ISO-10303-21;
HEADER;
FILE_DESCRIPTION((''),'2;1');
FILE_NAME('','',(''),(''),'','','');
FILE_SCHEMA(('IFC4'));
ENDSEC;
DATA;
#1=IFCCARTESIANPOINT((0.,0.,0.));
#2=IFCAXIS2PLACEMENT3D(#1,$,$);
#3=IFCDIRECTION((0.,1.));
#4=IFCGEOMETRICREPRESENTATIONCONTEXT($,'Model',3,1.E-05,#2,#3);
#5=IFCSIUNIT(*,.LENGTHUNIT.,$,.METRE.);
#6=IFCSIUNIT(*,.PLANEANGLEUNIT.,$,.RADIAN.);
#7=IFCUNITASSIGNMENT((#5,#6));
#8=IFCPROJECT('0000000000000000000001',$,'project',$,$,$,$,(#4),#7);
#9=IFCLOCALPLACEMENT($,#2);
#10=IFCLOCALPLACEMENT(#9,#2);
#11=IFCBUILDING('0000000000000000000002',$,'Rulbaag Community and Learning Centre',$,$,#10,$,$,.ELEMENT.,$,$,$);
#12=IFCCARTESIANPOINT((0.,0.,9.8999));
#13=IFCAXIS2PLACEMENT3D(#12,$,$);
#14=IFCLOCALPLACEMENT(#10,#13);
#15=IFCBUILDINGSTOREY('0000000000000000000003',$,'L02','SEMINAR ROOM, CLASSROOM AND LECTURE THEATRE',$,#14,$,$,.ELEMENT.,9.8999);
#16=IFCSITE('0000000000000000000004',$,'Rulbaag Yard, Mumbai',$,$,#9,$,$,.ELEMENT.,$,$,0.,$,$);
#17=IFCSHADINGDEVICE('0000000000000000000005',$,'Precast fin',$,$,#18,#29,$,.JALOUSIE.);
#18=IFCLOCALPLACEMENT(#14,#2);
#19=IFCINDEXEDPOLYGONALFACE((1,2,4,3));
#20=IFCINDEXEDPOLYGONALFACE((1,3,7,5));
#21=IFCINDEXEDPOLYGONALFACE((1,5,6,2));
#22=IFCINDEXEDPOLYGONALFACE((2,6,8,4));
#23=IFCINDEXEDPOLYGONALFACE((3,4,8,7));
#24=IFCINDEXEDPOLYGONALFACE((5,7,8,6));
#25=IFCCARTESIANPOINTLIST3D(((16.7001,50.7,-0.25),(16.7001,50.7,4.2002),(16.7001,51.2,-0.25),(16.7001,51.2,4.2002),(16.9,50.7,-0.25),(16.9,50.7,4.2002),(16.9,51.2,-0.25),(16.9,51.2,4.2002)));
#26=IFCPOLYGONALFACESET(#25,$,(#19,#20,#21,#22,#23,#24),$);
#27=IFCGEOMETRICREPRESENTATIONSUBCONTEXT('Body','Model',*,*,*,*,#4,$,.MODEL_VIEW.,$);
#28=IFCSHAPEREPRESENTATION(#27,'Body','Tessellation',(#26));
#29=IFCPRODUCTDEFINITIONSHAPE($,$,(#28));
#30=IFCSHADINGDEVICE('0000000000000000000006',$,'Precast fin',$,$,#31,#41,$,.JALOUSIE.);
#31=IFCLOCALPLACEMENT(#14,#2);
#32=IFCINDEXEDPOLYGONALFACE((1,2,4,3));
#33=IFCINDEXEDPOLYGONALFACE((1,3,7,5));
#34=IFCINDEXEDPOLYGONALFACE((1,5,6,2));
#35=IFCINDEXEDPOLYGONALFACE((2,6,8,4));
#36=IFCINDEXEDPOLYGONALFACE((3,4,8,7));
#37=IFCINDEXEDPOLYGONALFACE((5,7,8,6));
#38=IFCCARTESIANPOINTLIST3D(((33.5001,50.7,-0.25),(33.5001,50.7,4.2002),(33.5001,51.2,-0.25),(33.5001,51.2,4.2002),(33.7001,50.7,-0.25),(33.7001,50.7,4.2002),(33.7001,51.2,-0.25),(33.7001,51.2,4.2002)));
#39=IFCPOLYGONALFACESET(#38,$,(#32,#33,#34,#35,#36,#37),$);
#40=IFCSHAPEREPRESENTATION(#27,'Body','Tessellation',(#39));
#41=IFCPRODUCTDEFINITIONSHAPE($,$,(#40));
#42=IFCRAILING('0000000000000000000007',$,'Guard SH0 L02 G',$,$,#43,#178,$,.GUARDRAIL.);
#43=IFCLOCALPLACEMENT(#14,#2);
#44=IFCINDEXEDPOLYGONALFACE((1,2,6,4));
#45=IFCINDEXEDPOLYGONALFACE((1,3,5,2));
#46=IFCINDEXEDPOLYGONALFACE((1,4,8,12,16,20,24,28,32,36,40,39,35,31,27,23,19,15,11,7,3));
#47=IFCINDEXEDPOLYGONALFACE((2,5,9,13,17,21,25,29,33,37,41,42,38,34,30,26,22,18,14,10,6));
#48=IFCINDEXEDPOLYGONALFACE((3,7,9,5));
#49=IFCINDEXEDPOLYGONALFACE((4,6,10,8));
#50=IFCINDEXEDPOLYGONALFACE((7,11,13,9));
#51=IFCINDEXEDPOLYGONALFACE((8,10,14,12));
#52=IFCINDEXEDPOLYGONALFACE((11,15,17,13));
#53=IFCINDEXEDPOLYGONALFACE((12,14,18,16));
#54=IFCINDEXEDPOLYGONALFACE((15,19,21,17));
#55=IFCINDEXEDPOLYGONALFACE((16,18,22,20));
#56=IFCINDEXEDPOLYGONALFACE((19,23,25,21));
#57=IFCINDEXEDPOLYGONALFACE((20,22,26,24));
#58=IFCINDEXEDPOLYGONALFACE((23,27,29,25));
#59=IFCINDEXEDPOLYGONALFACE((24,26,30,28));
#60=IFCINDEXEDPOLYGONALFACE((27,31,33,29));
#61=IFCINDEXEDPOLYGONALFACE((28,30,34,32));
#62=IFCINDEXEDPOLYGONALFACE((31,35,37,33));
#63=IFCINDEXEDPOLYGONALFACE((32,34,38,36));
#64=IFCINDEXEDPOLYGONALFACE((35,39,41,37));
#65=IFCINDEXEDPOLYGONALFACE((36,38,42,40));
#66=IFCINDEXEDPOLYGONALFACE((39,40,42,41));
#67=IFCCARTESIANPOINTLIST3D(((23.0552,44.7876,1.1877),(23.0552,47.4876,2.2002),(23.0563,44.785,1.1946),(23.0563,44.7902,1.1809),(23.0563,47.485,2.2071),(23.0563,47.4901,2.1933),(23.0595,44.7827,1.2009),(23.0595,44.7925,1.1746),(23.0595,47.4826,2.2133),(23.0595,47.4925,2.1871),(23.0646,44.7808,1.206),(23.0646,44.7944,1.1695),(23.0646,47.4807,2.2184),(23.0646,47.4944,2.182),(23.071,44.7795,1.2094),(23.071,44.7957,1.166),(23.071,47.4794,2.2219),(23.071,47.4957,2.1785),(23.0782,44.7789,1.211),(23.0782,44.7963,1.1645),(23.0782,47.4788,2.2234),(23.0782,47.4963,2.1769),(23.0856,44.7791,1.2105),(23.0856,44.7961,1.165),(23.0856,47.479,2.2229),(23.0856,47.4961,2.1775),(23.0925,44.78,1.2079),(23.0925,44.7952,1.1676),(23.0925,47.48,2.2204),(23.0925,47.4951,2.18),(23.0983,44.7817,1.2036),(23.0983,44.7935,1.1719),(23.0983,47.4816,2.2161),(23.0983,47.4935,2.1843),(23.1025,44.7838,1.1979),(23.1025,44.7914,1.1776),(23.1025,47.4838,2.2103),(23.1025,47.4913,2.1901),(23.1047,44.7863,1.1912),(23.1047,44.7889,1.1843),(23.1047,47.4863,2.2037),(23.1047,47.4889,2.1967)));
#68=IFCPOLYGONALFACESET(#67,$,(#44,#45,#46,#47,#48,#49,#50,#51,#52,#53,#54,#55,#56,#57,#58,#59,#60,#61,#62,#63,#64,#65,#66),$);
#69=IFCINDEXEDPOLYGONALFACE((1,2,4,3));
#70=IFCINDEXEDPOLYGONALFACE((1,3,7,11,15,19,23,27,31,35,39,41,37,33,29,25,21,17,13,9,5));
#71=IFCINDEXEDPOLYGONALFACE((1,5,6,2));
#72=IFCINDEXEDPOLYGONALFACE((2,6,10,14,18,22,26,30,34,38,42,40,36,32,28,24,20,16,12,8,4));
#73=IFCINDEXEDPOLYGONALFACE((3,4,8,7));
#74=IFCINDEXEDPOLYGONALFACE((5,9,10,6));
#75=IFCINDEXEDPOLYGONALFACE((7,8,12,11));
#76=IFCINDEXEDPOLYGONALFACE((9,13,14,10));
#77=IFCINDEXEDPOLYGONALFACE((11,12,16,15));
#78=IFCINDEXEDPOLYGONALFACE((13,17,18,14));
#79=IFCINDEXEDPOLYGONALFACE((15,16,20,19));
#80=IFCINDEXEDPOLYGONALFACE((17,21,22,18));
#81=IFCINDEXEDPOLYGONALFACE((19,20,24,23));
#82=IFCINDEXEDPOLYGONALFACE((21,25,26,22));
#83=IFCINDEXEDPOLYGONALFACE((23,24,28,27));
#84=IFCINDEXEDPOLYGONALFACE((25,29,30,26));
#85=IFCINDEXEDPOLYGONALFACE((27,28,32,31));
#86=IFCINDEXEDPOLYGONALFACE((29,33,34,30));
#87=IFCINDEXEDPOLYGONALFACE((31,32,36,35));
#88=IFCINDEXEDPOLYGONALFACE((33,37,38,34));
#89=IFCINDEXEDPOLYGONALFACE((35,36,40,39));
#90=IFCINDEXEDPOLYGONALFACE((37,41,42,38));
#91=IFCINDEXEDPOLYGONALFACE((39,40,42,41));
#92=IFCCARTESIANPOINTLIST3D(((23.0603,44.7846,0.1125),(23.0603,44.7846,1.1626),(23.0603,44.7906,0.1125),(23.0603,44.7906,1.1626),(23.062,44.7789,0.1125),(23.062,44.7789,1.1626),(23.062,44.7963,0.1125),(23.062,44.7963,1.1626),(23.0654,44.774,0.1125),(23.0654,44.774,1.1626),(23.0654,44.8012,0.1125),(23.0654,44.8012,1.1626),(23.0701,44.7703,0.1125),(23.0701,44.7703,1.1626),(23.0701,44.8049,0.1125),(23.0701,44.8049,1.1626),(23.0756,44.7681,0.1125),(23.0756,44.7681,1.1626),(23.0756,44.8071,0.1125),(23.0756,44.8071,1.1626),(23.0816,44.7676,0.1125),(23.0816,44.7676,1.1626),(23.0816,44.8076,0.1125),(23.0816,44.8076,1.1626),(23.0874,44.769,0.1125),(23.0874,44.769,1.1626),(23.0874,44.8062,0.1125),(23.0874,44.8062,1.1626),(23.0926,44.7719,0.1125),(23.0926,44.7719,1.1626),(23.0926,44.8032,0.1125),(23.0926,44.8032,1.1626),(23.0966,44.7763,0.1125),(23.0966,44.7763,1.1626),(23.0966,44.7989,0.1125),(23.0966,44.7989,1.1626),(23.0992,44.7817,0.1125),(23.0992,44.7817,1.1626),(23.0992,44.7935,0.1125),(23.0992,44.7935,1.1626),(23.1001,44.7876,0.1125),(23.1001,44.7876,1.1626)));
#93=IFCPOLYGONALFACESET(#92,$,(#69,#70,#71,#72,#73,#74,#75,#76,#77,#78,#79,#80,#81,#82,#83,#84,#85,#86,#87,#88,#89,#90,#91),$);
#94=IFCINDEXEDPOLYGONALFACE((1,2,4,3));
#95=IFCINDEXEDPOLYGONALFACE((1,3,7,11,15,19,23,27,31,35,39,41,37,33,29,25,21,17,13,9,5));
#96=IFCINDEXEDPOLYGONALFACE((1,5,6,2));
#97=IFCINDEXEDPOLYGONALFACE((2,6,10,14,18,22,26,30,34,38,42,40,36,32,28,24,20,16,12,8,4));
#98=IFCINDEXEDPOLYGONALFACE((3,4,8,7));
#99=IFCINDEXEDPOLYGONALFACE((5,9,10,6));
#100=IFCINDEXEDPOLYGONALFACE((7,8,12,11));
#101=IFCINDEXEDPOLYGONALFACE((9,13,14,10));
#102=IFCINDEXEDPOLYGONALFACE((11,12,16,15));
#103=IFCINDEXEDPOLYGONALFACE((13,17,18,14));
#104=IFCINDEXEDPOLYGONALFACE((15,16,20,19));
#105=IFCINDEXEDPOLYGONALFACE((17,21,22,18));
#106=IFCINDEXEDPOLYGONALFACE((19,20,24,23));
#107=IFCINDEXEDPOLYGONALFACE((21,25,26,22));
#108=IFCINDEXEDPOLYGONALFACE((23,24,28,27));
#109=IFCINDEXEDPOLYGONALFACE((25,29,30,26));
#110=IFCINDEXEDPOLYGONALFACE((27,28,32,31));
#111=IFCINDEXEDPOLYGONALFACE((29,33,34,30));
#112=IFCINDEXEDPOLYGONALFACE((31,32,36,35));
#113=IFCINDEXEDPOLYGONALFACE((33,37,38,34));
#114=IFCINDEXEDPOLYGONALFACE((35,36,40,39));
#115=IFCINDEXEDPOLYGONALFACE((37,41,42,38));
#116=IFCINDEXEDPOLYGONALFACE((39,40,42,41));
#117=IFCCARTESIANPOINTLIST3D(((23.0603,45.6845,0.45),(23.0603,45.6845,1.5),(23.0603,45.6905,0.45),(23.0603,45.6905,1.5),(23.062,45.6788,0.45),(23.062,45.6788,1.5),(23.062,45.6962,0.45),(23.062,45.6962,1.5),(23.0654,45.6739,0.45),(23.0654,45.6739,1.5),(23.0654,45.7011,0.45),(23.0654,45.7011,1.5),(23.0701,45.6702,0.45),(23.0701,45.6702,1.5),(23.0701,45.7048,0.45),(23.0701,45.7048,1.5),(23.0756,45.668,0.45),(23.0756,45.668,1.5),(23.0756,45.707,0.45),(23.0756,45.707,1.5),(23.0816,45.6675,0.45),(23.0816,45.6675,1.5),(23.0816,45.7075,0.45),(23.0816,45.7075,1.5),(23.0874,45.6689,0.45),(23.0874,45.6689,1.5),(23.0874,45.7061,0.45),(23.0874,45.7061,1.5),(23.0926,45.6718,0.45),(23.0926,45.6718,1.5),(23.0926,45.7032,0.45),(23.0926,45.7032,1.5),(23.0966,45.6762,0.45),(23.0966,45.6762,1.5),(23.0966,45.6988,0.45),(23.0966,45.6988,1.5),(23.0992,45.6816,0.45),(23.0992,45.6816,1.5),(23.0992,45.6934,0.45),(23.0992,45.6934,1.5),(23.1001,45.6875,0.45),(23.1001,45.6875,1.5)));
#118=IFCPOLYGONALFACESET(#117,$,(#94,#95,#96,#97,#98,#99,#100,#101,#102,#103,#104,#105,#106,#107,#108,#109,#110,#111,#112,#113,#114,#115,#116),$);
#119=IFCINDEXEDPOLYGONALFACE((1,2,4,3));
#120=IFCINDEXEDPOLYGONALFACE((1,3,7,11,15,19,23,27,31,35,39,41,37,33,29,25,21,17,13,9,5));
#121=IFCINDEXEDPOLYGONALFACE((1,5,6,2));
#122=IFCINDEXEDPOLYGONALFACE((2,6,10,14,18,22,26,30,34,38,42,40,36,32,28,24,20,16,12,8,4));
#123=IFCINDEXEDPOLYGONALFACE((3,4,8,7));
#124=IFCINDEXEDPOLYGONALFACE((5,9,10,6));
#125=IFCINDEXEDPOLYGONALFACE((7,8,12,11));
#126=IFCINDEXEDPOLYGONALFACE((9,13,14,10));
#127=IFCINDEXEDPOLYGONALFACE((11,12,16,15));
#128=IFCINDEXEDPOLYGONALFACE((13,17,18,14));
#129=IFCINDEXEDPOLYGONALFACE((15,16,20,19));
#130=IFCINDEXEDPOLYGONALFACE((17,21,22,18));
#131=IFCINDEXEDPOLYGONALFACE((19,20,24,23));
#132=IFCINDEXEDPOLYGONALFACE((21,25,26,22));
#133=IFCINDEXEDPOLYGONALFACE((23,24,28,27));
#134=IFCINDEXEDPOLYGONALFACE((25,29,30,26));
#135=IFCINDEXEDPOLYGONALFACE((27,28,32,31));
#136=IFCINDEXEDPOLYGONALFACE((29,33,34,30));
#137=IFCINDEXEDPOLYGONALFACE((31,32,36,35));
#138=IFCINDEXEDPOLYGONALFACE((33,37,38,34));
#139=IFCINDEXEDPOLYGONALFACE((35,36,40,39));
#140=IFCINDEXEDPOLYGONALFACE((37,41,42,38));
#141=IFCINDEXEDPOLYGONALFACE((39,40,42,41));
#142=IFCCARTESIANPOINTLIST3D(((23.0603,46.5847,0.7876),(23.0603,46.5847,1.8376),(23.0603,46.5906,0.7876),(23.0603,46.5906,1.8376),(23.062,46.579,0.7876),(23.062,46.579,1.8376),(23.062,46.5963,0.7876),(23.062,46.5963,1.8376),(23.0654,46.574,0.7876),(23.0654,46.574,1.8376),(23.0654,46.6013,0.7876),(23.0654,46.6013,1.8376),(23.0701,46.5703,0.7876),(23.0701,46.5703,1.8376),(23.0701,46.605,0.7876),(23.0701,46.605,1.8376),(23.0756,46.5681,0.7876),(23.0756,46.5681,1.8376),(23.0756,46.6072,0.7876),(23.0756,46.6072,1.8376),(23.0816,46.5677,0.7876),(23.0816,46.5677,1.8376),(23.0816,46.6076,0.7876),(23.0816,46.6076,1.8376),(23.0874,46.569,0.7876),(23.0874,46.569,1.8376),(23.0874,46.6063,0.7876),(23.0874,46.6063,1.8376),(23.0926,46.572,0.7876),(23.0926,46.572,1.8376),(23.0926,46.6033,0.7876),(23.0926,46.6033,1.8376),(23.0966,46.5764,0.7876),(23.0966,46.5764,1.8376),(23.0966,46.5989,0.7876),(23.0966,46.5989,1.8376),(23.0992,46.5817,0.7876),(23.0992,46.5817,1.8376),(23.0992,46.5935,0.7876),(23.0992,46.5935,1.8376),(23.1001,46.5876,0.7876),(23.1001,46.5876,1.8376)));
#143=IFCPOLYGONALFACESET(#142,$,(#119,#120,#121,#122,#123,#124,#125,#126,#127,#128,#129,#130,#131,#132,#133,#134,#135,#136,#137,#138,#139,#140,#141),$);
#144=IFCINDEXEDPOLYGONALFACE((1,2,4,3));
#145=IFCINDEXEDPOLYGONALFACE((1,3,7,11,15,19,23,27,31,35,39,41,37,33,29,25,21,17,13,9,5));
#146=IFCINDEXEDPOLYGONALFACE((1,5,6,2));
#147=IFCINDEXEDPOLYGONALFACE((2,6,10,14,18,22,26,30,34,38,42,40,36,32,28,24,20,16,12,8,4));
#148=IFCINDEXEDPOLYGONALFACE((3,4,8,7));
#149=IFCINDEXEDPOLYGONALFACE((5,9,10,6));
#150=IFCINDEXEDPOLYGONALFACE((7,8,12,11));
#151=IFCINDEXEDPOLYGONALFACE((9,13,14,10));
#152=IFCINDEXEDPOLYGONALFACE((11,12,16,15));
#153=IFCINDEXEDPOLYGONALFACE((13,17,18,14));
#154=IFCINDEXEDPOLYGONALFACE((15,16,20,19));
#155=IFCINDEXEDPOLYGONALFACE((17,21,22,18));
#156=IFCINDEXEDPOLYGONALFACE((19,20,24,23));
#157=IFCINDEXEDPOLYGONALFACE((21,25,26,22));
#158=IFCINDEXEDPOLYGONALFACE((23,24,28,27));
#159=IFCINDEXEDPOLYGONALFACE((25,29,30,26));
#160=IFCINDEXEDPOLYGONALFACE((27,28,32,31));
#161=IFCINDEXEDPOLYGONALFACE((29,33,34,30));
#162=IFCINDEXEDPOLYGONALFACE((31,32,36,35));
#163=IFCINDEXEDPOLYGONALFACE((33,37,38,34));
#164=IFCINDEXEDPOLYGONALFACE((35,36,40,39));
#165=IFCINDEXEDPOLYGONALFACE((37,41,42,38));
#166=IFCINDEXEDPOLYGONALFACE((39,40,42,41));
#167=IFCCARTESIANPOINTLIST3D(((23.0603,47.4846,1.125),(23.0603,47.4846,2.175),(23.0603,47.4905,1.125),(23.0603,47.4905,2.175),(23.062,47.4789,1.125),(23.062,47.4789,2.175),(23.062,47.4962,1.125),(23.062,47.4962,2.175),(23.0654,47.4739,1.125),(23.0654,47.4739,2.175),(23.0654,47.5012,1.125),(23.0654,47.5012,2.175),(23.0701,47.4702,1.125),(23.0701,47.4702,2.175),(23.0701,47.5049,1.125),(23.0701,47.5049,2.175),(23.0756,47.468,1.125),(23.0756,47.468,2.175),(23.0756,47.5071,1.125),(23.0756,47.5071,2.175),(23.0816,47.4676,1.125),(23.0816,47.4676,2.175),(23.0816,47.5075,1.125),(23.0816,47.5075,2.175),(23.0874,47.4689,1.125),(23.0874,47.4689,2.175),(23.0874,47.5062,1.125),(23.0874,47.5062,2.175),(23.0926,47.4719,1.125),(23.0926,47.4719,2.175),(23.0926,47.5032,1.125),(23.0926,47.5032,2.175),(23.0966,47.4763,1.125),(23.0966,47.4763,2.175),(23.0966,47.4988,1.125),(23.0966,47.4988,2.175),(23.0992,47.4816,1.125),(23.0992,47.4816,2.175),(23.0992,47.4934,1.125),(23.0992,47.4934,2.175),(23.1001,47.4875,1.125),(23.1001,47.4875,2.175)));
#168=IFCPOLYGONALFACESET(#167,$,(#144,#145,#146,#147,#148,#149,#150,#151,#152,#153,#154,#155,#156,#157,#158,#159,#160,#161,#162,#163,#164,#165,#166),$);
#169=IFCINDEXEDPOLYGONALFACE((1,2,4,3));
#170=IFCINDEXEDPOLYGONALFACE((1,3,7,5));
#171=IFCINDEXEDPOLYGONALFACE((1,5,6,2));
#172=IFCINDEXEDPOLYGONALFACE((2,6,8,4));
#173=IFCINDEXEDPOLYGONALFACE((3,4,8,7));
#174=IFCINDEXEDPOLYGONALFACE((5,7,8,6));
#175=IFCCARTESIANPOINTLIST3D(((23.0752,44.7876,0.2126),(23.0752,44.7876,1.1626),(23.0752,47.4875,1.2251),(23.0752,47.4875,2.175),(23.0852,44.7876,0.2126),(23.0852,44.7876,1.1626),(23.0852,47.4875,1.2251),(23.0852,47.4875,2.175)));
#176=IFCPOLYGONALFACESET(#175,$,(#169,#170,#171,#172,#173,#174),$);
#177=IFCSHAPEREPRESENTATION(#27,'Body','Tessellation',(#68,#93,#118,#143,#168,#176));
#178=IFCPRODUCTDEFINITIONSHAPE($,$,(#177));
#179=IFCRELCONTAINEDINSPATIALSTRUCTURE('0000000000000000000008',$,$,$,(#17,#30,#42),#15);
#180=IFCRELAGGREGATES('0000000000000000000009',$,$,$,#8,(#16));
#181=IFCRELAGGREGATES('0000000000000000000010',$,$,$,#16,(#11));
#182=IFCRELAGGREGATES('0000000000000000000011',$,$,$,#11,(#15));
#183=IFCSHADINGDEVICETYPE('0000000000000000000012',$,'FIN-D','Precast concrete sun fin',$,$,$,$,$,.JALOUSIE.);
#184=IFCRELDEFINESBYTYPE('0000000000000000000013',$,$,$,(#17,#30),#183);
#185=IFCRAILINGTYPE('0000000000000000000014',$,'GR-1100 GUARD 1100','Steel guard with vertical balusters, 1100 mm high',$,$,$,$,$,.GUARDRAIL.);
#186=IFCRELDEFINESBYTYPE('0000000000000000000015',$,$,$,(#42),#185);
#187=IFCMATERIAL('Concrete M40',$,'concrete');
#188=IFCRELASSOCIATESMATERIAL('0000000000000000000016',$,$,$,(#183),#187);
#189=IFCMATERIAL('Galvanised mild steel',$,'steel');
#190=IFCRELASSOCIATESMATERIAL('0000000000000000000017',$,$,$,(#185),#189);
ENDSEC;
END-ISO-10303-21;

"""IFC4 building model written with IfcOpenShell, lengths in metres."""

from ifc_helpers import new_model, si_unit, direction, frame, origin, origin_2d, place, context, subcontext, project, spatial, polyline, rectangle, circle, outline, extrude, material, material_profile, profile_set, type_object, element, save


model = new_model("IFC4")

# Units and contexts
model_context = context("Model", 3, precision=1e-05, world=origin(), true_north=direction((0.0, 1.0)))
body_context = subcontext(model_context, "Body", "Model", "MODEL_VIEW")
ifc_project = project(units=[si_unit("LENGTHUNIT", "METRE"), si_unit("PLANEANGLEUNIT", "RADIAN")], contexts=[model_context])

# Site, building, storey
site_placement = place(None, origin())
site = spatial("IfcSite", under=ifc_project, at=site_placement, Name="Rulbaag Yard, Mumbai", CompositionType="ELEMENT", RefElevation=0.0)
building_placement = place(site_placement, origin())
building = spatial("IfcBuilding", under=site, at=building_placement, Name="Rulbaag Community and Learning Centre", CompositionType="ELEMENT")
storey_placement = place(building_placement, frame((0.0, 0.0, 9.8999)))
storey = spatial("IfcBuildingStorey", under=building, at=storey_placement, Name="L02", Description="SEMINAR ROOM, CLASSROOM AND LECTURE THEATRE", CompositionType="ELEMENT", Elevation=9.8999)

# Shared definitions
ifc_material_1 = material(Name="Concrete M40", Category="concrete")

# Shading devices
ifc_material_profile_1 = material_profile(ifc_material_1, rectangle(XDim=0.2, YDim=0.5, at=origin_2d()), Name="PC 200x500")
ifc_profile_set_1 = profile_set([ifc_material_profile_1], Name="Concrete M40")
shading_device_type = type_object("IfcShadingDeviceType", Name="FIN-D", Description="Precast concrete sun fin", PredefinedType="JALOUSIE", material=ifc_profile_set_1)
for number, where, z_axis, x_axis, name in (
    (1, (16.8, 50.95, -0.25), (0.0, 0.0, 1.0), (1.0, 0.0, 0.0), "Precast fin"),
    (2, (33.6001, 50.95, -0.25), (0.0, 0.0, 1.0), (1.0, 0.0, 0.0), "Precast fin"),
):
    element("IfcShadingDevice", number, at=place(storey_placement, frame(where, z_axis=z_axis, x_axis=x_axis)), inside=storey, type_object=shading_device_type, Name=name, PredefinedType="JALOUSIE", context=body_context, shape_type="SweptSolid", body=[
        extrude(rectangle(XDim=0.2, YDim=0.5, at=origin_2d()), origin(), (0.0, 0.0, 1.0), 4.4502),
    ])

# Railing
ifc_material_2 = material(Name="Galvanised mild steel", Category="steel")
railing_type_1 = type_object("IfcRailingType", Name="GR-1100 GUARD 1100", Description="Steel guard with vertical balusters, 1100 mm high", PredefinedType="GUARDRAIL", material=ifc_material_2)
railing_1_placement = place(storey_placement, frame((23.0801, 44.7876, 0.1125)))
element("IfcRailing", 3, at=railing_1_placement, inside=storey, type_object=railing_type_1, Name="Guard SH0 L02 G", PredefinedType="GUARDRAIL", context=body_context, shape_type="SweptSolid", body=[
    extrude(circle(Radius=0.0249, at=origin_2d()), frame((0.0, 0.0, 1.0752), z_axis=(0.0, 0.936333, 0.351114), x_axis=(-1.0, 0.0, 0.0)), (0.0, 0.0, 1.0), 2.8835),
    extrude(circle(Radius=0.02, at=origin_2d()), origin(), (0.0, 0.0, 1.0), 1.05),
    extrude(circle(Radius=0.02, at=origin_2d()), frame((0.0, 0.8999, 0.3374)), (0.0, 0.0, 1.0), 1.05),
    extrude(circle(Radius=0.02, at=origin_2d()), frame((0.0, 1.8, 0.675)), (0.0, 0.0, 1.0), 1.05),
    extrude(circle(Radius=0.02, at=origin_2d()), frame((0.0, 2.7, 1.0125)), (0.0, 0.0, 1.0), 1.05),
    extrude(outline(polyline([(0.0, 0.0), (2.7, 1.0125), (2.7, 1.9624), (0.0, 0.95), (0.0, 0.0)])), frame((-0.0049, 0.0, 0.1001), z_axis=(1.0, 0.0, 0.0), x_axis=(0.0, 1.0, 0.0)), (0.0, 0.0, 1.0), 0.01),
])

save(model, "model.ifc")
